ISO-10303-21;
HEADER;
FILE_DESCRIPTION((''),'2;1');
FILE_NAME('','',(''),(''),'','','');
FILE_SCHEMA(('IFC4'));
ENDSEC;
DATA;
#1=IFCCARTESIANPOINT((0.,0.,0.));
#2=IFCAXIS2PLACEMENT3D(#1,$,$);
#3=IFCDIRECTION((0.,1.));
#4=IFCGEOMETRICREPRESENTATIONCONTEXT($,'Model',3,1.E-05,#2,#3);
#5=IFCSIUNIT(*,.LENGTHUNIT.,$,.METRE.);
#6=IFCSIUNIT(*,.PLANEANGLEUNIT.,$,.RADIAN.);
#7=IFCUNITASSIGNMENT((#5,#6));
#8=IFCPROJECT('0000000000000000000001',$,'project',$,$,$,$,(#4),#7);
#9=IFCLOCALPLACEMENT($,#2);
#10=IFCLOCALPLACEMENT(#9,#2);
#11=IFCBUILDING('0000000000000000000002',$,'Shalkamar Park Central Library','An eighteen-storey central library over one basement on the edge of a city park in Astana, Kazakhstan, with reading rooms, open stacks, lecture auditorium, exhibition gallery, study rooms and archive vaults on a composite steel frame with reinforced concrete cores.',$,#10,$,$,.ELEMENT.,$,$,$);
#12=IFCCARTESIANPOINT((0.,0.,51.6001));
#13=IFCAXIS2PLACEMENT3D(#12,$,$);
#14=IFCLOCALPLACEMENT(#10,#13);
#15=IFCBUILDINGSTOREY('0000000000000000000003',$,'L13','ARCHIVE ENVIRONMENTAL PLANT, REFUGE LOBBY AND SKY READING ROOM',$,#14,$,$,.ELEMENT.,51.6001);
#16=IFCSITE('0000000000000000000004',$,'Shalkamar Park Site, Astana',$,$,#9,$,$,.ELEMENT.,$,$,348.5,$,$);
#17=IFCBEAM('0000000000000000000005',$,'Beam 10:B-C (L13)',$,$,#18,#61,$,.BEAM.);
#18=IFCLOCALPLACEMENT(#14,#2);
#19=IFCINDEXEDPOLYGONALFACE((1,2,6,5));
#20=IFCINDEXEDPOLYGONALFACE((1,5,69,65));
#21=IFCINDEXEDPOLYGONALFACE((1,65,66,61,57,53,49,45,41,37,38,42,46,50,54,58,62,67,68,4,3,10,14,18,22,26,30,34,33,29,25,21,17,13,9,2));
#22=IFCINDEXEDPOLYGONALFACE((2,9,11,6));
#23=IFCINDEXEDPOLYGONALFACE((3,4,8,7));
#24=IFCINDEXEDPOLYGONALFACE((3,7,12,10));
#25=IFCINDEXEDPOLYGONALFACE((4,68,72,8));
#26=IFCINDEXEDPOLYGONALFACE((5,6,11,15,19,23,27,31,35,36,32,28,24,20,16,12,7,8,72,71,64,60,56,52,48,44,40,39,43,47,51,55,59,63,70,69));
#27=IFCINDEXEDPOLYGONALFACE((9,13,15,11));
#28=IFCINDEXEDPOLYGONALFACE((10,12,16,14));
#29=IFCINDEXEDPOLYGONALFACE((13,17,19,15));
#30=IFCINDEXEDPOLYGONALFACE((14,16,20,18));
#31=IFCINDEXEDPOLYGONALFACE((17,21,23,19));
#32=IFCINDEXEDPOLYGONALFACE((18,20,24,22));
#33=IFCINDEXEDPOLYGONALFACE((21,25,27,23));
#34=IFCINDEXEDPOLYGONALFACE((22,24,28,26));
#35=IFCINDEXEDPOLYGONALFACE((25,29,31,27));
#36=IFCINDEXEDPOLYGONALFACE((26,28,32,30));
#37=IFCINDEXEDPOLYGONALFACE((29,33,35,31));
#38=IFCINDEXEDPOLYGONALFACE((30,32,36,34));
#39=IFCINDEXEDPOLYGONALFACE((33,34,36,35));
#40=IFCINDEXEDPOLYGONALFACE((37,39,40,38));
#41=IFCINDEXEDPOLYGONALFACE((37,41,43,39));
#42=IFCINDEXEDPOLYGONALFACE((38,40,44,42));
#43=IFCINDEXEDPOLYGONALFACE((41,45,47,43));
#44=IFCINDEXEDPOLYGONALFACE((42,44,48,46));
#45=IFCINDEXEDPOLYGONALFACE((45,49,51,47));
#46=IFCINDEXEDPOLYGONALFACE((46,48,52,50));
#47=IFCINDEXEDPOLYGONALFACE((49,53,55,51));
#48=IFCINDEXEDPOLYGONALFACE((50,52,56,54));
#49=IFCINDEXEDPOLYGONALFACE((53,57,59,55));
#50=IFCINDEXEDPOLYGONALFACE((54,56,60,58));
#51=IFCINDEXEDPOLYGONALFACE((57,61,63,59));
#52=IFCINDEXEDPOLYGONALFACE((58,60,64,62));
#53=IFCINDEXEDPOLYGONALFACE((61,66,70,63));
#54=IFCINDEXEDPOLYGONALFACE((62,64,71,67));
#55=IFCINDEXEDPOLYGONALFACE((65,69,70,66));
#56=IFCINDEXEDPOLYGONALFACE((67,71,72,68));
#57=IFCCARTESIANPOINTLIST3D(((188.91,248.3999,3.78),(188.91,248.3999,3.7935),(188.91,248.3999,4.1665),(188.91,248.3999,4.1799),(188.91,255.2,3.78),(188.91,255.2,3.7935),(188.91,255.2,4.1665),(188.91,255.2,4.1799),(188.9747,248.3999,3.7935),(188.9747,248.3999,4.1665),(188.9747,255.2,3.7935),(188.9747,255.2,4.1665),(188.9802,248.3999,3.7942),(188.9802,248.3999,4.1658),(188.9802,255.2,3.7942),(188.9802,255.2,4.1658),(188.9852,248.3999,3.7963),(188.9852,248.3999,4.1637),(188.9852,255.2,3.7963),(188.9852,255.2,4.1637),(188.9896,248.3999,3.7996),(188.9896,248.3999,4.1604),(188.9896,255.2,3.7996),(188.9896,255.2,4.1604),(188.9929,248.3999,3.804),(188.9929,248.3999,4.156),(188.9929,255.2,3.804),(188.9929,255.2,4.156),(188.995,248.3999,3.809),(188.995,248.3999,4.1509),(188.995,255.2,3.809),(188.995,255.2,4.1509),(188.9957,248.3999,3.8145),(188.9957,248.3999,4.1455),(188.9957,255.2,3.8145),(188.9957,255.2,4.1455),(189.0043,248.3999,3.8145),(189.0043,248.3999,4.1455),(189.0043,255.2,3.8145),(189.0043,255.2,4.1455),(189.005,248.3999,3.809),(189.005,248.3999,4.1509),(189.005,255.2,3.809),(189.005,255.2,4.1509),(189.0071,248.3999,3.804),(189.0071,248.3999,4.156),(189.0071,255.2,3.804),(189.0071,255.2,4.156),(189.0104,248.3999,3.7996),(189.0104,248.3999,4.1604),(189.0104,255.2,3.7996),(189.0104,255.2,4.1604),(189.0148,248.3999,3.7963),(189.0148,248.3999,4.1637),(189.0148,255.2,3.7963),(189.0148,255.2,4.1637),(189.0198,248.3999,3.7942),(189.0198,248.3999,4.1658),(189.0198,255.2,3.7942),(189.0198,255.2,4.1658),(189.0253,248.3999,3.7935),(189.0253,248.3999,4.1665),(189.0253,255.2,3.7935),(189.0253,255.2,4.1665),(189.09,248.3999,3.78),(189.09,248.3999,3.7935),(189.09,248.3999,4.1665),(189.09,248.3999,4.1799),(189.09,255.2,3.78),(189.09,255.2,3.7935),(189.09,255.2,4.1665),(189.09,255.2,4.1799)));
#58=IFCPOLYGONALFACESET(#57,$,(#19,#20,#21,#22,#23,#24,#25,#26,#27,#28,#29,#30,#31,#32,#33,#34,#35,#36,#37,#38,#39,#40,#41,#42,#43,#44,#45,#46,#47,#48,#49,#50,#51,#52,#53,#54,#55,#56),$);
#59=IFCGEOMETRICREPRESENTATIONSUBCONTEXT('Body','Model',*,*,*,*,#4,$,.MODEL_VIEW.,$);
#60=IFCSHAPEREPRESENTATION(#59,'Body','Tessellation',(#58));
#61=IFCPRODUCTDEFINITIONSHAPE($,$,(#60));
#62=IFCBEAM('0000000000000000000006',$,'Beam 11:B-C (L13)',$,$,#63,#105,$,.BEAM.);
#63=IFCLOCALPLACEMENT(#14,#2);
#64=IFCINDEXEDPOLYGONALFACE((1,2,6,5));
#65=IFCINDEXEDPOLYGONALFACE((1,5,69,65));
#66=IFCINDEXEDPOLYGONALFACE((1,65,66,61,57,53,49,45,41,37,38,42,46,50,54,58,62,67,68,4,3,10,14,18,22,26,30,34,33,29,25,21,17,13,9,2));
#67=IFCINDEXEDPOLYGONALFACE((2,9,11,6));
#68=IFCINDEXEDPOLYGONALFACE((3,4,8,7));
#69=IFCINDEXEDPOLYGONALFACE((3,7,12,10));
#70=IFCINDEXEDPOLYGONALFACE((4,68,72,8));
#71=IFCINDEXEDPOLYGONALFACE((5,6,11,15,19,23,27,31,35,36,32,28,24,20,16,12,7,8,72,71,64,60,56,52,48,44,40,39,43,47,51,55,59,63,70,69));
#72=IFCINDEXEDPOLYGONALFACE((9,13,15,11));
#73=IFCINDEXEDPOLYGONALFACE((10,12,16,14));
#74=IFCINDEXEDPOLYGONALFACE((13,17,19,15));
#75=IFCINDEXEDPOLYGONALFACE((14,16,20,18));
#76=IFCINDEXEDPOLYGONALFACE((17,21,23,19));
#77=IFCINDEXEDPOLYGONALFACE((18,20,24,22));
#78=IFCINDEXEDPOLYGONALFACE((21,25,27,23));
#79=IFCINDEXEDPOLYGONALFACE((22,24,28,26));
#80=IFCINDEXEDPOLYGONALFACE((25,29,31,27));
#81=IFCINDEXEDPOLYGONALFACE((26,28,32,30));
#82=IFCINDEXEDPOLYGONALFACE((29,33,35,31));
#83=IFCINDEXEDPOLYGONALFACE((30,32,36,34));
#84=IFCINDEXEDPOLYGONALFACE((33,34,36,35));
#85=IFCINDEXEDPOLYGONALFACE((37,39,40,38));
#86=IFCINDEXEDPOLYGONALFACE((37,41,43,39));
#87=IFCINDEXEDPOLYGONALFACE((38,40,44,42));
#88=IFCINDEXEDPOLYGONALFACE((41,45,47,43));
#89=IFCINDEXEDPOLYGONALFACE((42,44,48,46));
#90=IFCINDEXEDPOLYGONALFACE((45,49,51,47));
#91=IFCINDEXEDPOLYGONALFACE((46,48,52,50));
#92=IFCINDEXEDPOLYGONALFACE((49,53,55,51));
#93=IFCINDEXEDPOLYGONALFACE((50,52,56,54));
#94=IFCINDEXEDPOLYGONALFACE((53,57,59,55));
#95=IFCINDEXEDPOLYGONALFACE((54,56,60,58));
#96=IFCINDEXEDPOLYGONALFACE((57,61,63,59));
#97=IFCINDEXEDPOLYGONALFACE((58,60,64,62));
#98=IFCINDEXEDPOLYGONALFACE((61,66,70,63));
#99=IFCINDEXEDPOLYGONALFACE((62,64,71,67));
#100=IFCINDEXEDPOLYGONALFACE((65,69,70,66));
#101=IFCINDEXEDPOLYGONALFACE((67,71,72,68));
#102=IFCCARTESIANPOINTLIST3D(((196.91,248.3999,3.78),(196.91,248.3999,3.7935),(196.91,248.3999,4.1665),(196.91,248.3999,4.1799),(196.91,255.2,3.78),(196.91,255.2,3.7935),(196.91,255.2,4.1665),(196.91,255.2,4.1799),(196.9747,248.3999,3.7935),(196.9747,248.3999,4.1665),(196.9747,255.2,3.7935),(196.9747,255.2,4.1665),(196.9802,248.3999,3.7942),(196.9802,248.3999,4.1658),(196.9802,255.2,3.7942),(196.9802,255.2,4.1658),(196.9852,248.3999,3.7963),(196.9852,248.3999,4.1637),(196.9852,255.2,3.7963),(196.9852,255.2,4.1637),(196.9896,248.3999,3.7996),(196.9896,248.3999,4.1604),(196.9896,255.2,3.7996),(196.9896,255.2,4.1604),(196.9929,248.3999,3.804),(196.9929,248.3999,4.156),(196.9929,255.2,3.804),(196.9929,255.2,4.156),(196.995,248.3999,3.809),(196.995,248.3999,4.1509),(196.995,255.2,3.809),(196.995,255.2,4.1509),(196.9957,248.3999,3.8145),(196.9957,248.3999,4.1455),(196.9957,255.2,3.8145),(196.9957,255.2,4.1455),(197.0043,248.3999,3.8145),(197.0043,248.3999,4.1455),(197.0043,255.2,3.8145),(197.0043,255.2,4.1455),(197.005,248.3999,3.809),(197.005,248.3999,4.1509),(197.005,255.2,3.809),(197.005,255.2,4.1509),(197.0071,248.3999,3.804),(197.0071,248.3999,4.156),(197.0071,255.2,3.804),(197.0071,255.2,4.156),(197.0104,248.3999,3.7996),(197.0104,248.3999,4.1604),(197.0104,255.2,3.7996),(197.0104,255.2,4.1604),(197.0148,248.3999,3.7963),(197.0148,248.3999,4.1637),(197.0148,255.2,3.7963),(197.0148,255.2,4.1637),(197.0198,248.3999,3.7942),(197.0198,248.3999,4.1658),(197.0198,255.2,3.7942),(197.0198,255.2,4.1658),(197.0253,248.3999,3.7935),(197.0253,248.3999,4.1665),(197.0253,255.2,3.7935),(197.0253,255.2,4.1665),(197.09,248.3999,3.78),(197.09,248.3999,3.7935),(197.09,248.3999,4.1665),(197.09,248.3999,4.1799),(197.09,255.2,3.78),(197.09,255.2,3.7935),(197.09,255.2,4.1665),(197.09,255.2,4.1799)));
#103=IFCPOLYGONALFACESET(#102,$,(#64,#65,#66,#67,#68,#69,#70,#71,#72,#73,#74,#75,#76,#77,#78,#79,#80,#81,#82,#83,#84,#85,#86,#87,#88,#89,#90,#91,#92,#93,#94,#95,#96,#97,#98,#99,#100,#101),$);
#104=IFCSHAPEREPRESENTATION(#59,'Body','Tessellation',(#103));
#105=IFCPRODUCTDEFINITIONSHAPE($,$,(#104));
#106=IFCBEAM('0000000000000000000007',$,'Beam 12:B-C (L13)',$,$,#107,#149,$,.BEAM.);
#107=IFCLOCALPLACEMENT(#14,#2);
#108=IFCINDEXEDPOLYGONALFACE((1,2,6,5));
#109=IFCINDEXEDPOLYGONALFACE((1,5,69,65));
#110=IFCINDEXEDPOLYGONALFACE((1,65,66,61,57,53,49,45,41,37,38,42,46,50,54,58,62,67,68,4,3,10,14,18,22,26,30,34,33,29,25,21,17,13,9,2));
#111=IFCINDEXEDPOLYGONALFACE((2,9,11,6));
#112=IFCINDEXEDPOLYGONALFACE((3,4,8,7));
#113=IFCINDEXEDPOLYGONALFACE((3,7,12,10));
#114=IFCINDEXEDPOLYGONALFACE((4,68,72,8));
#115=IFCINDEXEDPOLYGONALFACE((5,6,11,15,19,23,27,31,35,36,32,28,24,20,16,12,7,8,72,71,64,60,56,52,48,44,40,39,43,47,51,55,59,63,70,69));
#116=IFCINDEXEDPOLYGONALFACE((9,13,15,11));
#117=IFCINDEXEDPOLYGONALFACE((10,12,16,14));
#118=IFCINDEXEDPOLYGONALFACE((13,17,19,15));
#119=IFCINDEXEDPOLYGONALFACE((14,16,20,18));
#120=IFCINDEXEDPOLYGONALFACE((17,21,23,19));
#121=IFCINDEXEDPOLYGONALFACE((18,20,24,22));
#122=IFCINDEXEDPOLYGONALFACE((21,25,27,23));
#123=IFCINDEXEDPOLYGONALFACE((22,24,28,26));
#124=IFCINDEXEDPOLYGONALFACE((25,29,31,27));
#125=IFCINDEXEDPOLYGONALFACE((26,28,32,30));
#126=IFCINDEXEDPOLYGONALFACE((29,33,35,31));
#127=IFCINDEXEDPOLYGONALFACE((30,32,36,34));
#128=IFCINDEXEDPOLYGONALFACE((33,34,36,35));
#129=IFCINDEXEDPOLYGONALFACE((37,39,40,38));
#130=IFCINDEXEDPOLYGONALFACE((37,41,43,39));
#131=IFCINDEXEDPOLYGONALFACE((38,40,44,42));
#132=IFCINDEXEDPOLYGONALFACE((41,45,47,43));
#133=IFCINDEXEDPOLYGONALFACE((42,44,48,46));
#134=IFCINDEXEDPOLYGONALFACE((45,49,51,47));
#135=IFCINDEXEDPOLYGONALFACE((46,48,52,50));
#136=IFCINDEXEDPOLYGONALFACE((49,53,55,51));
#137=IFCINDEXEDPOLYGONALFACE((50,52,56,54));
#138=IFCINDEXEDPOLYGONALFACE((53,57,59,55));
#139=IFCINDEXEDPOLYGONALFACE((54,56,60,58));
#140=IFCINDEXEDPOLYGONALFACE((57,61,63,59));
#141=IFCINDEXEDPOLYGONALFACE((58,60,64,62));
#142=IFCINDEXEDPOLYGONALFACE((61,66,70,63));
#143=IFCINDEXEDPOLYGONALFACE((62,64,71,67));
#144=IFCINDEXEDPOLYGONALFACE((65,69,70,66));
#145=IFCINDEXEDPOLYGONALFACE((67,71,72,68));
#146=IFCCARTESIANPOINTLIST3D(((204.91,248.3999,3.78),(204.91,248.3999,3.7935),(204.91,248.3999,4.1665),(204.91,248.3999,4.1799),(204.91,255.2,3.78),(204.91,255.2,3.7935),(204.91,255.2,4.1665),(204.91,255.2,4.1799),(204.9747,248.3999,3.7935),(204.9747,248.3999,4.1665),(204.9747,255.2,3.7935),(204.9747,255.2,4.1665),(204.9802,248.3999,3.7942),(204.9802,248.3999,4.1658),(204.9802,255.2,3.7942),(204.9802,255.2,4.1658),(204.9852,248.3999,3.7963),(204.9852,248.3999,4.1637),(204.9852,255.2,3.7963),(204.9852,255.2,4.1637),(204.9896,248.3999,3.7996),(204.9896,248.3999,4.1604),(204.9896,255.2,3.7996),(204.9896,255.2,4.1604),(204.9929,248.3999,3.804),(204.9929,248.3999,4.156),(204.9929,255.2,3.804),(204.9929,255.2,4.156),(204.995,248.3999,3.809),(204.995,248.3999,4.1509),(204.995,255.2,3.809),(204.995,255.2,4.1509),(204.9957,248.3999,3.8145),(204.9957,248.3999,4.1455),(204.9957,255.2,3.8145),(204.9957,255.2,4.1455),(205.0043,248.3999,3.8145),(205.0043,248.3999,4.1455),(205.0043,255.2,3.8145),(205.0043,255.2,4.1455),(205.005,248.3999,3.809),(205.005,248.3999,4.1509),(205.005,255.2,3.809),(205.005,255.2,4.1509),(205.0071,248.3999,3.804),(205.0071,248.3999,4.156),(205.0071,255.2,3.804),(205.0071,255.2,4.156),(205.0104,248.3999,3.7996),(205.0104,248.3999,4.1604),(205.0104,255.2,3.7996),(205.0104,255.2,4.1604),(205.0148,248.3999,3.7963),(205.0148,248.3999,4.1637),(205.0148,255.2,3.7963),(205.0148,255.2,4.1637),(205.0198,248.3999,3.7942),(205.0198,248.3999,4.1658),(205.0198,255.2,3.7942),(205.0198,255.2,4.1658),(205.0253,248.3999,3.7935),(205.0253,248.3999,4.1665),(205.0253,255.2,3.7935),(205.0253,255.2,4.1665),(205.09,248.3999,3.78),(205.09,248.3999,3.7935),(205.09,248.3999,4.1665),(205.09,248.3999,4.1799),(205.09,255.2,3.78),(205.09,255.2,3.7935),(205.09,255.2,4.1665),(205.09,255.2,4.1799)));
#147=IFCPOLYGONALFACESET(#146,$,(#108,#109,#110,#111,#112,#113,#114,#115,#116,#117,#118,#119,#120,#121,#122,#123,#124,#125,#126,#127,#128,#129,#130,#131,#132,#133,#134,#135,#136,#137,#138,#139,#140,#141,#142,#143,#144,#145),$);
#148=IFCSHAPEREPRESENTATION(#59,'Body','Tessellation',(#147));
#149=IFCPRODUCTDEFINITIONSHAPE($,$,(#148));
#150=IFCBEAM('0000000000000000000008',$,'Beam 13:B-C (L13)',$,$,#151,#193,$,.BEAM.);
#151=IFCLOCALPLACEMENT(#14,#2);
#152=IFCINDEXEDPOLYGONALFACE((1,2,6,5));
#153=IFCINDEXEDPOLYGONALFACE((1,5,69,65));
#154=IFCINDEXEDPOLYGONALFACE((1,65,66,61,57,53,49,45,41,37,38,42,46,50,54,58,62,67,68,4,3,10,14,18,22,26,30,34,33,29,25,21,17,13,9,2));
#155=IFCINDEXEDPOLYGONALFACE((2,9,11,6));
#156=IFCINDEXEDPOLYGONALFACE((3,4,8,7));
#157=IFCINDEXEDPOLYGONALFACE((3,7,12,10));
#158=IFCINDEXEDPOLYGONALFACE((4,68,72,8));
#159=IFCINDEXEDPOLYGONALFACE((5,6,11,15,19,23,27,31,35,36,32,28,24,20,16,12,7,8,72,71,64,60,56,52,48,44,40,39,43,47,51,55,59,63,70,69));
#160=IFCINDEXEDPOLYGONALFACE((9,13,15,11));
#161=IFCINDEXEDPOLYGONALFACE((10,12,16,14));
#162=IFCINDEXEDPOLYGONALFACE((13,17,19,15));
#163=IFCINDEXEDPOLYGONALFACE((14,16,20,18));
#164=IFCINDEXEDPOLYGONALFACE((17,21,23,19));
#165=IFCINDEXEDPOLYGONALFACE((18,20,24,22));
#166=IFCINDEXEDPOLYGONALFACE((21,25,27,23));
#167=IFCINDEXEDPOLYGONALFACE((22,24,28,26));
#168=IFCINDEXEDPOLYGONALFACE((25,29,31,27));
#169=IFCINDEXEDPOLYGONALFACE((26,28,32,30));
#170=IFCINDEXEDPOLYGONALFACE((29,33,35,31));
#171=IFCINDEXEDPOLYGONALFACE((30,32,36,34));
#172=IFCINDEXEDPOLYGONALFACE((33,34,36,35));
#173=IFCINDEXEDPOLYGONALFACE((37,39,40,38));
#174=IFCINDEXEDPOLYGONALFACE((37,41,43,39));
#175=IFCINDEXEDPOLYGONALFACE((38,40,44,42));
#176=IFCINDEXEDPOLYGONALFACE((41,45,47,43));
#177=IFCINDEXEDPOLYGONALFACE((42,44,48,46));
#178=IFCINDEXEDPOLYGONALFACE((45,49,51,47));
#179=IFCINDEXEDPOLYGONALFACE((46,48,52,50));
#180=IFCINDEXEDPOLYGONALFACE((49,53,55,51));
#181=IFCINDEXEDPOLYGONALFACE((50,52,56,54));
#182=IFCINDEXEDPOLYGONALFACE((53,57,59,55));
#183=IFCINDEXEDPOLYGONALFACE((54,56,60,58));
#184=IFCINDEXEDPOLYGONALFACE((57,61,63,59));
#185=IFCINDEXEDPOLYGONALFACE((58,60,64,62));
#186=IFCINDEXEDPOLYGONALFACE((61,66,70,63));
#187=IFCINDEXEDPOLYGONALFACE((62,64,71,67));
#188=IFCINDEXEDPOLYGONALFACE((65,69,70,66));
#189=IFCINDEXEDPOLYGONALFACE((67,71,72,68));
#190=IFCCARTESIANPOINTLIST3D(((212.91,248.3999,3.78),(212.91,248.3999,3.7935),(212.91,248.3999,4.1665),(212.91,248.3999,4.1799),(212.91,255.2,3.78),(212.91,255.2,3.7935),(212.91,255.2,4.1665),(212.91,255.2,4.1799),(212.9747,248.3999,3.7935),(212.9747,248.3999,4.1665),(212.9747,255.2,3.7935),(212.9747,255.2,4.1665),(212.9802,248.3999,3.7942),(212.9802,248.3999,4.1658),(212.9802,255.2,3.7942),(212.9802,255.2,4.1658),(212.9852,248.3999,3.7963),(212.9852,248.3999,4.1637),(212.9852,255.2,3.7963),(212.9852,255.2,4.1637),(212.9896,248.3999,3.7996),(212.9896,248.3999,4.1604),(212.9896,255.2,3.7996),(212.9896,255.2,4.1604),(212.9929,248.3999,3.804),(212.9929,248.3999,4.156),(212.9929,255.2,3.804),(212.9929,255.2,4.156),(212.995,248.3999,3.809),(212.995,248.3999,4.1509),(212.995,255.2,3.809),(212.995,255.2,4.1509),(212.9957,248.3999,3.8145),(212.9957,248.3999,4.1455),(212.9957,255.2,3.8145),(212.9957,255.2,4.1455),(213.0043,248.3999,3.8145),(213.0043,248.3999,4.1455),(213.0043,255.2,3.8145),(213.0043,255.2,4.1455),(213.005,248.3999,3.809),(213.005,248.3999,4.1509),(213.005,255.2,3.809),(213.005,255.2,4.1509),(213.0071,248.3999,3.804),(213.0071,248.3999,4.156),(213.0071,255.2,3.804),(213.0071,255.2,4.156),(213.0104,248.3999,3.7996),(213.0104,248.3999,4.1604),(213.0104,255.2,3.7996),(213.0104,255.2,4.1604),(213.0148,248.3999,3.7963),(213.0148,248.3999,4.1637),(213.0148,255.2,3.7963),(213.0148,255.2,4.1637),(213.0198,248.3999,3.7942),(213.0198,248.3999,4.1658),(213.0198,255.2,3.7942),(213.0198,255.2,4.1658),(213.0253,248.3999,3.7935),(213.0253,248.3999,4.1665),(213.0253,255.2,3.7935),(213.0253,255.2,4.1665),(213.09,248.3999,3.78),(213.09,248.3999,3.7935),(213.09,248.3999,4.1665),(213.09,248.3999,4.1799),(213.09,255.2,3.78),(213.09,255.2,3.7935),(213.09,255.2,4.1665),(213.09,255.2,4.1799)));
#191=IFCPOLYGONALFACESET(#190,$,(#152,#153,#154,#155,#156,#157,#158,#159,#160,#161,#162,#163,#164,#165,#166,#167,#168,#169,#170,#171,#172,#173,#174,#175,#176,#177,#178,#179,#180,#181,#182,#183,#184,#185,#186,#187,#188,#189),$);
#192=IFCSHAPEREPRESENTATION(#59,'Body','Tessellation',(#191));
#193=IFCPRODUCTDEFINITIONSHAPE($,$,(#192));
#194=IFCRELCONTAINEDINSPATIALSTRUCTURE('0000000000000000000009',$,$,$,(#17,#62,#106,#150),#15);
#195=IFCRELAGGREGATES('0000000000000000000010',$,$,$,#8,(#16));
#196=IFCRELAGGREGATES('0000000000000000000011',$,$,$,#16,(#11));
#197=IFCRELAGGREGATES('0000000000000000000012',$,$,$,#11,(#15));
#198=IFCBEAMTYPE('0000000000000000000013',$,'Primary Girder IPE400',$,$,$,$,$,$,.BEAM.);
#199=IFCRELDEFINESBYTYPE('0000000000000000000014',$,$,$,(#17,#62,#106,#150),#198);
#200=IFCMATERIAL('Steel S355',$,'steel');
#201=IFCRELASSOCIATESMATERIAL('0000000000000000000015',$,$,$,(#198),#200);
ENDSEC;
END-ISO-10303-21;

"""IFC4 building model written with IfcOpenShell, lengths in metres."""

from ifc_helpers import new_model, si_unit, direction, frame, origin, origin_2d, place, context, subcontext, project, spatial, i_section, extrude, material, material_profile, profile_set, type_object, element, save


model = new_model("IFC4")

# Units and contexts
model_context = context("Model", 3, precision=1e-05, world=origin(), true_north=direction((0.0, 1.0)))
body_context = subcontext(model_context, "Body", "Model", "MODEL_VIEW")
ifc_project = project(units=[si_unit("LENGTHUNIT", "METRE"), si_unit("PLANEANGLEUNIT", "RADIAN")], contexts=[model_context])

# Site, building, storey
site_placement = place(None, origin())
site = spatial("IfcSite", under=ifc_project, at=site_placement, Name="Shalkamar Park Site, Astana", CompositionType="ELEMENT", RefElevation=348.5)
building_placement = place(site_placement, origin())
building = spatial("IfcBuilding", under=site, at=building_placement, Name="Shalkamar Park Central Library", Description="An eighteen-storey central library over one basement on the edge of a city park in Astana, Kazakhstan, with reading rooms, open stacks, lecture auditorium, exhibition gallery, study rooms and archive vaults on a composite steel frame with reinforced concrete cores.", CompositionType="ELEMENT")
storey_placement = place(building_placement, frame((0.0, 0.0, 51.6001)))
storey = spatial("IfcBuildingStorey", under=building, at=storey_placement, Name="L13", Description="ARCHIVE ENVIRONMENTAL PLANT, REFUGE LOBBY AND SKY READING ROOM", CompositionType="ELEMENT", Elevation=51.6001)

# Shared definitions
ifc_material_1 = material(Name="Steel S355", Category="steel")

# Beams
ifc_material_profile_1 = material_profile(ifc_material_1, i_section(OverallWidth=0.1799, OverallDepth=0.3999, WebThickness=0.0085, FlangeThickness=0.0134, FilletRadius=0.021, at=origin_2d()), Name="IPE 400")
ifc_profile_set_1 = profile_set([ifc_material_profile_1], Name="Steel S355")
beam_type_1 = type_object("IfcBeamType", Name="Primary Girder IPE400", PredefinedType="BEAM", material=ifc_profile_set_1)
for number, where, z_axis, x_axis, name in (
    (1, (189.0, 248.3999, 3.98), (0.0, 1.0, 0.0), (-1.0, 0.0, 0.0), "Beam 10:B-C (L13)"),
    (2, (197.0, 248.3999, 3.98), (0.0, 1.0, 0.0), (-1.0, 0.0, 0.0), "Beam 11:B-C (L13)"),
    (3, (205.0, 248.3999, 3.98), (0.0, 1.0, 0.0), (-1.0, 0.0, 0.0), "Beam 12:B-C (L13)"),
    (4, (213.0, 248.3999, 3.98), (0.0, 1.0, 0.0), (-1.0, 0.0, 0.0), "Beam 13:B-C (L13)"),
):
    element("IfcBeam", number, at=place(storey_placement, frame(where, z_axis=z_axis, x_axis=x_axis)), inside=storey, type_object=beam_type_1, Name=name, PredefinedType="BEAM", context=body_context, shape_type="SweptSolid", body=[
        extrude(i_section(OverallWidth=0.1799, OverallDepth=0.3999, WebThickness=0.0085, FlangeThickness=0.0134, FilletRadius=0.021, at=origin_2d()), origin(), (0.0, 0.0, 1.0), 6.8),
    ])

save(model, "model.ifc")
